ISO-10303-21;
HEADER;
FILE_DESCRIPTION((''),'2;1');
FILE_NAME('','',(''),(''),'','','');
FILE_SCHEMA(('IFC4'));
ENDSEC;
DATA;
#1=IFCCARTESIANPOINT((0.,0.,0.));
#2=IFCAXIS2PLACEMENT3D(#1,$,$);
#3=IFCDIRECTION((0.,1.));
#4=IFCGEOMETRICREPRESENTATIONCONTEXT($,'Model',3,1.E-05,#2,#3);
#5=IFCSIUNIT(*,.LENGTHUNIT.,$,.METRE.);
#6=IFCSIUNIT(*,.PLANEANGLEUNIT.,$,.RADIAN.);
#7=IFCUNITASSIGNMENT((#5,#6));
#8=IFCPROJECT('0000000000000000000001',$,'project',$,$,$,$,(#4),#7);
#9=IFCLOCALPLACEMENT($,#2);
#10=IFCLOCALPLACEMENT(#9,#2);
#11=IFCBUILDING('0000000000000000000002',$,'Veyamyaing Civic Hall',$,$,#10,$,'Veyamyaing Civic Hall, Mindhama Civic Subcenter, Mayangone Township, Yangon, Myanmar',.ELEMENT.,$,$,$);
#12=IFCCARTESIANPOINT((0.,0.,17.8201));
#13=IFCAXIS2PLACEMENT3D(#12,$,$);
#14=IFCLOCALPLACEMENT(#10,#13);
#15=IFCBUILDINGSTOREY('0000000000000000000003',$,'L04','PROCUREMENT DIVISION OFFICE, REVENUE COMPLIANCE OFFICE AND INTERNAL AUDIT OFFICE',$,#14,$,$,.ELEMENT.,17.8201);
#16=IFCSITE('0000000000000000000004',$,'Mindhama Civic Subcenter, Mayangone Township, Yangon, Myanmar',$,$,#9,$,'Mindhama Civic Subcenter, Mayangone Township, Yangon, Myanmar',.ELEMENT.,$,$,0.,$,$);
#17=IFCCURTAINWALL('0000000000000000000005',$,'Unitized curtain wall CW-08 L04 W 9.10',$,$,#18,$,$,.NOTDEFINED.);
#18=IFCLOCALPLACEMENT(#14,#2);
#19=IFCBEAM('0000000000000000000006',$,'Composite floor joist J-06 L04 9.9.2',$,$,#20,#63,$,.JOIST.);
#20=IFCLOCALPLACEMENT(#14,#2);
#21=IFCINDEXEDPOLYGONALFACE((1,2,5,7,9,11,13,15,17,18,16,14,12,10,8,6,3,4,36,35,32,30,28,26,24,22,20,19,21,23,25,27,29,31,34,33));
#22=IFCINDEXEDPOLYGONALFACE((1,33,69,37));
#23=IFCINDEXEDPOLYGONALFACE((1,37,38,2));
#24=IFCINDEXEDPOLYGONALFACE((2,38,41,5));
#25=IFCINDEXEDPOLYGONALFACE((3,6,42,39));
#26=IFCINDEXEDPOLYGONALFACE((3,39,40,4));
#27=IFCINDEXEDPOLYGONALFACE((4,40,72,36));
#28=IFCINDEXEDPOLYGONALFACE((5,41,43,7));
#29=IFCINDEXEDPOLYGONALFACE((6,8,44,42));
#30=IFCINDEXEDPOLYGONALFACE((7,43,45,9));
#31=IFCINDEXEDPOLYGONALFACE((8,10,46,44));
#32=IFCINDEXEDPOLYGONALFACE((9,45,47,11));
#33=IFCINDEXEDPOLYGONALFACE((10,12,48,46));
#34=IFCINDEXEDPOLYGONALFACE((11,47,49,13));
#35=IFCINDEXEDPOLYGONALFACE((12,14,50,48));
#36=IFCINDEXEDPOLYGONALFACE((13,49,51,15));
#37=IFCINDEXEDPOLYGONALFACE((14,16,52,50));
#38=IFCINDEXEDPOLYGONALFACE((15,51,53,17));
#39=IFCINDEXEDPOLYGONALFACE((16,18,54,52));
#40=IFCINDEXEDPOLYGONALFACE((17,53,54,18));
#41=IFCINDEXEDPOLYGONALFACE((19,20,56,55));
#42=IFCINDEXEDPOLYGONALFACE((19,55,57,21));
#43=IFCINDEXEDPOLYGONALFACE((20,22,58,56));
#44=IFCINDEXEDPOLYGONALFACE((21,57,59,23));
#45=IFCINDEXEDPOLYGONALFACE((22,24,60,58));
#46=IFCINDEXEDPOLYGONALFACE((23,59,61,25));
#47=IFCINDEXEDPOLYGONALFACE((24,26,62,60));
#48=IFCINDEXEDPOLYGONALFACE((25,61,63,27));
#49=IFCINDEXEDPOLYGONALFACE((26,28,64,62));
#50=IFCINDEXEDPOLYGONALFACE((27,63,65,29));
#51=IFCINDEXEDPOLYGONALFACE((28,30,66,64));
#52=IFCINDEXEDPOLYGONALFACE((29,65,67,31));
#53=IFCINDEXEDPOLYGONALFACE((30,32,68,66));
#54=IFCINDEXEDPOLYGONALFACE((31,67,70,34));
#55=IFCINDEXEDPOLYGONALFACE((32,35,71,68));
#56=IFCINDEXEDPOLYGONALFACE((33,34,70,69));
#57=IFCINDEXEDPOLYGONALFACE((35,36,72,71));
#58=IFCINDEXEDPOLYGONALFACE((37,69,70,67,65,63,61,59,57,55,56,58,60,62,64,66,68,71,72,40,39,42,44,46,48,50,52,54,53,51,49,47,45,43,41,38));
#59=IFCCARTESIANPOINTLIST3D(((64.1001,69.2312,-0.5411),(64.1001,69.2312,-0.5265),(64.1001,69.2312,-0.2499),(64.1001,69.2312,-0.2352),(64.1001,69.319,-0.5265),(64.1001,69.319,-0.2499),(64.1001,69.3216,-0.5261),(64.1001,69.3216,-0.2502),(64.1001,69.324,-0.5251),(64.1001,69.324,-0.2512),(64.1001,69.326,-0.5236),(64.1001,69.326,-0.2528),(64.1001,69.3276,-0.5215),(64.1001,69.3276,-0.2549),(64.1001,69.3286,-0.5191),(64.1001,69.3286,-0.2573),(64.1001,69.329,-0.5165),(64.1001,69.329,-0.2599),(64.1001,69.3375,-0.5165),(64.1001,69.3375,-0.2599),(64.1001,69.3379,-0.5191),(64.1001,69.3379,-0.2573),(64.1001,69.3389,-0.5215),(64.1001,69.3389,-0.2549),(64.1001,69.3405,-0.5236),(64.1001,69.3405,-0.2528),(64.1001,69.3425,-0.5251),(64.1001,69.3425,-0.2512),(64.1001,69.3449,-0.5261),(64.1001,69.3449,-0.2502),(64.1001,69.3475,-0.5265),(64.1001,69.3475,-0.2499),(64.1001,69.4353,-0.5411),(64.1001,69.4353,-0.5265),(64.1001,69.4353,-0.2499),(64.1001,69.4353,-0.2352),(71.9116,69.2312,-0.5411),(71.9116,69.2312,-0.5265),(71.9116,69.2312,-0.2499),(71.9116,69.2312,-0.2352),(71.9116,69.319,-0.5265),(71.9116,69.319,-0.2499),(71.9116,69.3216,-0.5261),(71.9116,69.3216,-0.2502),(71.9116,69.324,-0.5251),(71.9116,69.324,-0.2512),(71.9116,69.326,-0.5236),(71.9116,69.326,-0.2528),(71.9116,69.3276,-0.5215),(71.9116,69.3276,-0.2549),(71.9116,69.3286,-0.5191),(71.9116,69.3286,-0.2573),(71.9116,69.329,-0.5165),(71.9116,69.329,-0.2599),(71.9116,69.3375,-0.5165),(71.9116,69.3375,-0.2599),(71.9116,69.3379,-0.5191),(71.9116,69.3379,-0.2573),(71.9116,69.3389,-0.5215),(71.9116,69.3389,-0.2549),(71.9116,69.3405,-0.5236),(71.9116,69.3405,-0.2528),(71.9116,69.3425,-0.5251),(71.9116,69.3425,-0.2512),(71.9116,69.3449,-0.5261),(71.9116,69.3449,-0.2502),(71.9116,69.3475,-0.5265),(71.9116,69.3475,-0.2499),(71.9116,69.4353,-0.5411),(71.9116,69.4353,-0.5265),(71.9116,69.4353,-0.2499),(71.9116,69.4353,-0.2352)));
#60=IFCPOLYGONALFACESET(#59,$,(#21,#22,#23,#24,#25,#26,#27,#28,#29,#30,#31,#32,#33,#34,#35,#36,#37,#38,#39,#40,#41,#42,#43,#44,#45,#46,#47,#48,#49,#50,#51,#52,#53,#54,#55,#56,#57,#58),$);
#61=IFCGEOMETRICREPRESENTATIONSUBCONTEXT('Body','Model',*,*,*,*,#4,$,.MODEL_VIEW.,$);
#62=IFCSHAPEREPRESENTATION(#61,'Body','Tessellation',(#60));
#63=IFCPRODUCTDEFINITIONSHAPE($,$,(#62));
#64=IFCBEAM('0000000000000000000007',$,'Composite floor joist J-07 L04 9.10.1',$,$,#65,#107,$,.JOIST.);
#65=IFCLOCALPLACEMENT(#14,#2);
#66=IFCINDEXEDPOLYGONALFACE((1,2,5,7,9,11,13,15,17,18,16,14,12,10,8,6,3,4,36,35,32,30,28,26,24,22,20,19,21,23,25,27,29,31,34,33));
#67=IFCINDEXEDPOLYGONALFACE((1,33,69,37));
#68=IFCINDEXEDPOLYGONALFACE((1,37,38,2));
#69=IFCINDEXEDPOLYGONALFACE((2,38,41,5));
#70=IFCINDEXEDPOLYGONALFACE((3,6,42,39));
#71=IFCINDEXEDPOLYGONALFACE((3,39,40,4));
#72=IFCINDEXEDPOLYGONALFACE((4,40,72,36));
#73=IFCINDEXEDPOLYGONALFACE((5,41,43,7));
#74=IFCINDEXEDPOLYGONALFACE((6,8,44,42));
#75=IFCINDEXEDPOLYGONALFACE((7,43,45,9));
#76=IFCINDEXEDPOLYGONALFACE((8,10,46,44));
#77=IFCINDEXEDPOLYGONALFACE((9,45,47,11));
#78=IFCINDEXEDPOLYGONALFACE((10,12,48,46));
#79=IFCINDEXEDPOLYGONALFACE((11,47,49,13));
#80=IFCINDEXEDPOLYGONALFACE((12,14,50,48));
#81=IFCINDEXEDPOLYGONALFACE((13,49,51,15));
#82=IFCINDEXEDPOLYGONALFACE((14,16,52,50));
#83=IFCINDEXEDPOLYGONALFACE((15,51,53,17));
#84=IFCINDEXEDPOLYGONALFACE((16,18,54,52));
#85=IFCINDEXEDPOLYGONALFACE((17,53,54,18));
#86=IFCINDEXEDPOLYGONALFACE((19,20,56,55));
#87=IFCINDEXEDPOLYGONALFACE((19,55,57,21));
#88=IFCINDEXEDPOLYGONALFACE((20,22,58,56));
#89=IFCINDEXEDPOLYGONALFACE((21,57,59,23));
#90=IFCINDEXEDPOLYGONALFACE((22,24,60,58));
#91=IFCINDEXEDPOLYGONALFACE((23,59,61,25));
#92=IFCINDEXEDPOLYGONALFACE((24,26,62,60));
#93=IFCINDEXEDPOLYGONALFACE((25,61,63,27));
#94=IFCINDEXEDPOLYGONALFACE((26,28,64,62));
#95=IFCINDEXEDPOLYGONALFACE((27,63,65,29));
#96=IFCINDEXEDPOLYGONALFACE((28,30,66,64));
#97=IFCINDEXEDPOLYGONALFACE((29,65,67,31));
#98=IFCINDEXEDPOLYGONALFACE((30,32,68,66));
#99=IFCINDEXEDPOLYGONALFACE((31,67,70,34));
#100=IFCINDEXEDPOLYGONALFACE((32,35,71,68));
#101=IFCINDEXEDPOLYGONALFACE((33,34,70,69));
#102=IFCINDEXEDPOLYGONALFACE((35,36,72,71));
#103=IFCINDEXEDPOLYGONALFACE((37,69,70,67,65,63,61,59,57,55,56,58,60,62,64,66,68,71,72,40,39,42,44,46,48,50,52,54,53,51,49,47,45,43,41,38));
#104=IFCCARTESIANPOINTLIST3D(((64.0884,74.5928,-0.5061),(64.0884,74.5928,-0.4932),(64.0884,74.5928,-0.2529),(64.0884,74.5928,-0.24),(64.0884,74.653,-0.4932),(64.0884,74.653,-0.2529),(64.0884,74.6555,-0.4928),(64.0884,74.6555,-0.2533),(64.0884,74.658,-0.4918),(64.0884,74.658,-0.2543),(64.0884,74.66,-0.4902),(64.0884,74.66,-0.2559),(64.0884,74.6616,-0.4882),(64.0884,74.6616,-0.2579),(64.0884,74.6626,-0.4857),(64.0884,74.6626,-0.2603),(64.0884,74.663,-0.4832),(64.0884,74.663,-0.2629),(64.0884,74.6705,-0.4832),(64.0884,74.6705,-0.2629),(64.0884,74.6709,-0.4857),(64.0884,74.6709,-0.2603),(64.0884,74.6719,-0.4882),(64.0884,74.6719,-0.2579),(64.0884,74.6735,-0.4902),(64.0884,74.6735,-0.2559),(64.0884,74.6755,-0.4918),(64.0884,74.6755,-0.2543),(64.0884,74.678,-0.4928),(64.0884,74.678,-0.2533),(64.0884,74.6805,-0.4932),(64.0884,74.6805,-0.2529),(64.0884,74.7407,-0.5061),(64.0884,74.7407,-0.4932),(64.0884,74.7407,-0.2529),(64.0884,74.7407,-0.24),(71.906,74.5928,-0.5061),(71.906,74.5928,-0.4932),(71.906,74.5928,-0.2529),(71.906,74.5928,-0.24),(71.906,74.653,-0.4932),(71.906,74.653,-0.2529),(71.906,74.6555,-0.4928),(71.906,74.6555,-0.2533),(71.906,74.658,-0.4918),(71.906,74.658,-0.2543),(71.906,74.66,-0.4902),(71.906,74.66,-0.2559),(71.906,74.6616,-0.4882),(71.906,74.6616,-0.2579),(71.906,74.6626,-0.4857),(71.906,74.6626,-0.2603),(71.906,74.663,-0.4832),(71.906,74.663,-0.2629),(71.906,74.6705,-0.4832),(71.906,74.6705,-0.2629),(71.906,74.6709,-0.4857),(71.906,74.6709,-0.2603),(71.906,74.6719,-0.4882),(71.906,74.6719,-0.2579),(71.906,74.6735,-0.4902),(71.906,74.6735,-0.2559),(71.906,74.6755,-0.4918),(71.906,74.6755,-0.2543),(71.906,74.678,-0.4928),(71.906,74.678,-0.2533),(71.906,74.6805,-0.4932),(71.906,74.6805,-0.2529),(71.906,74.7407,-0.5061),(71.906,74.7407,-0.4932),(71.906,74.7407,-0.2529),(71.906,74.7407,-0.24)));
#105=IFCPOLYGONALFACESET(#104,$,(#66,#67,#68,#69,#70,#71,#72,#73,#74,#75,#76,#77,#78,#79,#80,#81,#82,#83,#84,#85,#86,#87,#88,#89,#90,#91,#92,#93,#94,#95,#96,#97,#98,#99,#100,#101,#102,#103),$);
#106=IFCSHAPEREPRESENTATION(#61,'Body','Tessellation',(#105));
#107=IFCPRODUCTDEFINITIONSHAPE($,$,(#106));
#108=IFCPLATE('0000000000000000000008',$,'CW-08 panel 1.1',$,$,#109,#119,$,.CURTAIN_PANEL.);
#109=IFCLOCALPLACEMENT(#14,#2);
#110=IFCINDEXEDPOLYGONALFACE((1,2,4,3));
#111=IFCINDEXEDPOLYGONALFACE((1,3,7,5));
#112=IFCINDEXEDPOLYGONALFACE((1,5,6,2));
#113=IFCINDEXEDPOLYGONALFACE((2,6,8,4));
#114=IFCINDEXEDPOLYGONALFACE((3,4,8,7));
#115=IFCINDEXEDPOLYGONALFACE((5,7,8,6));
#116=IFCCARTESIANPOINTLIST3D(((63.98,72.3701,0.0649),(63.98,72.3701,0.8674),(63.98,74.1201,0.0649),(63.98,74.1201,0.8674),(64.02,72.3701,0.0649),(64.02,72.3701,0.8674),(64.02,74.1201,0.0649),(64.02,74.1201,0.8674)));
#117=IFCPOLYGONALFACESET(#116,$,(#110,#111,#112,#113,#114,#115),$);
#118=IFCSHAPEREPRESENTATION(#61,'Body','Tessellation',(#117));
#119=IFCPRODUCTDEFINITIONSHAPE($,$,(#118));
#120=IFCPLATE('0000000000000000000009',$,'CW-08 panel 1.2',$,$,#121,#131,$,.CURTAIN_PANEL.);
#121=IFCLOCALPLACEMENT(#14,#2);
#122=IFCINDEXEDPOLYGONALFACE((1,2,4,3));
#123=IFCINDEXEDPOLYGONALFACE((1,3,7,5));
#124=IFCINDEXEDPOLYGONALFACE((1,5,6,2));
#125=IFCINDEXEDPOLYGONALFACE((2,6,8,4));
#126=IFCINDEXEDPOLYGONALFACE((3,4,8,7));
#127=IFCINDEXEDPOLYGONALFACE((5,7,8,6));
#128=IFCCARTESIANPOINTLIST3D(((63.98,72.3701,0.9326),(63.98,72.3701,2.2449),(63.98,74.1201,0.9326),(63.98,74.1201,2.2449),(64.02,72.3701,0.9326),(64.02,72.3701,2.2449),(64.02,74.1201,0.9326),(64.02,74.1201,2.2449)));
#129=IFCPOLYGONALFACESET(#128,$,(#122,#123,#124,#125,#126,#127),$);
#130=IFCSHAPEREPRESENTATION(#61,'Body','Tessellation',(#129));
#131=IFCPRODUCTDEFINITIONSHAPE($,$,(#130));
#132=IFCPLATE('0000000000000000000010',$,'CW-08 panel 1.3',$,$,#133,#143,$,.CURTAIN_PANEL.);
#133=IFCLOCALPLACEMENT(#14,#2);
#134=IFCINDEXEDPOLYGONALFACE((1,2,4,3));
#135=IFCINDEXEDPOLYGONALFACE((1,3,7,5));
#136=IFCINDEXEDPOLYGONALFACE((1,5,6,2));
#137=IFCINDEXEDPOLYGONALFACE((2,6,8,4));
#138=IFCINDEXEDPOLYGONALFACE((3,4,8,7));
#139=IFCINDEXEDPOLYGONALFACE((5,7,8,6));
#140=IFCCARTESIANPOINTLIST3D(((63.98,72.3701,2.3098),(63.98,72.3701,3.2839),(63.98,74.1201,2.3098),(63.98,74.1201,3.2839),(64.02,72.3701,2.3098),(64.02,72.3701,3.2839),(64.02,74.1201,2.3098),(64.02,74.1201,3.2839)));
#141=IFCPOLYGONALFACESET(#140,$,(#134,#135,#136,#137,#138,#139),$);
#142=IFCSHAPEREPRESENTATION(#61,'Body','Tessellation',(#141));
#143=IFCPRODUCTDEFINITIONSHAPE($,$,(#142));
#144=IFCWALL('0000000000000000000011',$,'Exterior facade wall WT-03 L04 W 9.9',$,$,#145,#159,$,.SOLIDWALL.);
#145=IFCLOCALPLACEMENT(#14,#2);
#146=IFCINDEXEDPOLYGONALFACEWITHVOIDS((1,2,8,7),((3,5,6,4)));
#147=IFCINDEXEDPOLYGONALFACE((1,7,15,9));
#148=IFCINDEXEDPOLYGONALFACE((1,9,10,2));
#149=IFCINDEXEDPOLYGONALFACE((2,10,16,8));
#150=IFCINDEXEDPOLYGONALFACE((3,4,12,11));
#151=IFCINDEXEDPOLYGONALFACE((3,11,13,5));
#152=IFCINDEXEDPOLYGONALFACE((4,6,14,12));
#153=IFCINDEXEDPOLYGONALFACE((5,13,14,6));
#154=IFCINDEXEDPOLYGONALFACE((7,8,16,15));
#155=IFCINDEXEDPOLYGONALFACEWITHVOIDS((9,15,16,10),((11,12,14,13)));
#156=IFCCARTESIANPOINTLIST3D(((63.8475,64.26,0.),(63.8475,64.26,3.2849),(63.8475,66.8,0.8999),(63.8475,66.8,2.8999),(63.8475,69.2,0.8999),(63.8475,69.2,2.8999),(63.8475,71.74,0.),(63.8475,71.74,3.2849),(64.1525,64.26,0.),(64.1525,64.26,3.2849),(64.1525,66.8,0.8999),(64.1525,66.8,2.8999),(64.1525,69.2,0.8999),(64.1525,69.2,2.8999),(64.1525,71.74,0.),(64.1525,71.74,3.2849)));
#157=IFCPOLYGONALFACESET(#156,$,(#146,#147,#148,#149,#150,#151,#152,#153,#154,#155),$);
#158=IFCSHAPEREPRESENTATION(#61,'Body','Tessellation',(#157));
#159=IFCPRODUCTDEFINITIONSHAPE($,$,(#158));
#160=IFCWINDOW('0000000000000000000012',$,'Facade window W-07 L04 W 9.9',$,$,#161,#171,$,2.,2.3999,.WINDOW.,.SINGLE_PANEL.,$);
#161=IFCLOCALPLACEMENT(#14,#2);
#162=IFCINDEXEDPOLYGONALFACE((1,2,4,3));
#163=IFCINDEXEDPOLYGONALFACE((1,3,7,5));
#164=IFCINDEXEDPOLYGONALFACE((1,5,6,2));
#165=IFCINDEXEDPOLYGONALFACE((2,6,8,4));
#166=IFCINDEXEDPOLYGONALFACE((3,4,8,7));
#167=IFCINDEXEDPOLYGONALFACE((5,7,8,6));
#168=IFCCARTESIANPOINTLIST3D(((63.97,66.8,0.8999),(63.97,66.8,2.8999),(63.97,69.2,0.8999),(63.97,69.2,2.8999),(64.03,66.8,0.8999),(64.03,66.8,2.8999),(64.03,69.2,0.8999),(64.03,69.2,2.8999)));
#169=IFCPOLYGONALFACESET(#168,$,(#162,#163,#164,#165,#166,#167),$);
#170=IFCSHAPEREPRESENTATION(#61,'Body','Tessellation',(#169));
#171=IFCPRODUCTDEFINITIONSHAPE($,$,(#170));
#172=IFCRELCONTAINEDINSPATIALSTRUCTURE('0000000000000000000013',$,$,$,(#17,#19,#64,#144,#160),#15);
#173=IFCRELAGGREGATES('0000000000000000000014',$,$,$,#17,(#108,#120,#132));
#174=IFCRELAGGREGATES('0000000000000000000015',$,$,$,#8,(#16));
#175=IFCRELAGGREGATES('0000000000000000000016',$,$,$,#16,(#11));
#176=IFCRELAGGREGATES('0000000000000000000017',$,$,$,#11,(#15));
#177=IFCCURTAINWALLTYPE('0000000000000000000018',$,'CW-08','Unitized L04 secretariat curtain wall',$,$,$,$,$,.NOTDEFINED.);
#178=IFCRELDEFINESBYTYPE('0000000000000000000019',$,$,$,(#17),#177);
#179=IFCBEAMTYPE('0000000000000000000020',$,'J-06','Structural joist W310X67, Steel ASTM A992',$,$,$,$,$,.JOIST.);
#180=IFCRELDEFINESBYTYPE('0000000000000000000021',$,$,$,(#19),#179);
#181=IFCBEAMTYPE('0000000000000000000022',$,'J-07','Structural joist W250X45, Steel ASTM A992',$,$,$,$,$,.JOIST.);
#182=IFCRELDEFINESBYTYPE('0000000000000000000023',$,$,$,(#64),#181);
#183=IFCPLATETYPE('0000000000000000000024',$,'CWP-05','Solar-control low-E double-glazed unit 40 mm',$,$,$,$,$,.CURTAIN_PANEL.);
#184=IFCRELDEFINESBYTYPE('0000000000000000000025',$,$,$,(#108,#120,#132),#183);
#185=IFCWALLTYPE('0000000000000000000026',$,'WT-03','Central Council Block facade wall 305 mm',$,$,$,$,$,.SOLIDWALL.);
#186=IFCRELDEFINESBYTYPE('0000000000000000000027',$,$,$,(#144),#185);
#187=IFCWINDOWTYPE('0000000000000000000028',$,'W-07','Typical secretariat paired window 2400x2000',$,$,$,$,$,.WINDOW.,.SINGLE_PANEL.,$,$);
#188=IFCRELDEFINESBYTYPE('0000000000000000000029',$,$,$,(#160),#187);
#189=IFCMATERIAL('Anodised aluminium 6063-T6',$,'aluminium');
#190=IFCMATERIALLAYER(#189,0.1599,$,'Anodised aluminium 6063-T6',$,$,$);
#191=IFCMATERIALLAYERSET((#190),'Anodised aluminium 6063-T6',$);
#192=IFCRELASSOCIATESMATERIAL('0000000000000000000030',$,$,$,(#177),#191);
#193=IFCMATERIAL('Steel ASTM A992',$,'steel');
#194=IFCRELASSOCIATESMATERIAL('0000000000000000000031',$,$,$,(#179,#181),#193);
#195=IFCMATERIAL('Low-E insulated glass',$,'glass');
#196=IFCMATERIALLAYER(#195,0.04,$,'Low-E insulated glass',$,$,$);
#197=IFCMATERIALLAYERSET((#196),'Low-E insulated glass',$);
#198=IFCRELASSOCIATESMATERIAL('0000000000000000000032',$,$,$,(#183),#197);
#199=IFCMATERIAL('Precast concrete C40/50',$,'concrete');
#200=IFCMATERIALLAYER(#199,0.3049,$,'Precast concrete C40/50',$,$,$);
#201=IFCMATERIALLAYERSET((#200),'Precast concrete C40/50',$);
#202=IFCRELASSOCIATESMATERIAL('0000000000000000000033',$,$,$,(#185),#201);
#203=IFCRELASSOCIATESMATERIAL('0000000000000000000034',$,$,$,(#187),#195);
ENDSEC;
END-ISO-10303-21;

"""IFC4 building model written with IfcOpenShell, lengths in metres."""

from ifc_helpers import new_model, si_unit, direction, frame, frame_2d, origin, origin_2d, place, context, subcontext, project, spatial, rectangle, i_section, extrude, material, layer, layer_set, material_profile, profile_set, type_object, element, fill, aggregate, save


model = new_model("IFC4")

# Units and contexts
model_context = context("Model", 3, precision=1e-05, world=origin(), true_north=direction((0.0, 1.0)))
body_context = subcontext(model_context, "Body", "Model", "MODEL_VIEW")
ifc_project = project(units=[si_unit("LENGTHUNIT", "METRE"), si_unit("PLANEANGLEUNIT", "RADIAN")], contexts=[model_context])

# Site, building, storey
site_placement = place(None, origin())
site = spatial("IfcSite", under=ifc_project, at=site_placement, Name="Mindhama Civic Subcenter, Mayangone Township, Yangon, Myanmar", LongName="Mindhama Civic Subcenter, Mayangone Township, Yangon, Myanmar", CompositionType="ELEMENT", RefElevation=0.0)
building_placement = place(site_placement, origin())
building = spatial("IfcBuilding", under=site, at=building_placement, Name="Veyamyaing Civic Hall", LongName="Veyamyaing Civic Hall, Mindhama Civic Subcenter, Mayangone Township, Yangon, Myanmar", CompositionType="ELEMENT")
storey_placement = place(building_placement, frame((0.0, 0.0, 17.8201)))
storey = spatial("IfcBuildingStorey", under=building, at=storey_placement, Name="L04", Description="PROCUREMENT DIVISION OFFICE, REVENUE COMPLIANCE OFFICE AND INTERNAL AUDIT OFFICE", CompositionType="ELEMENT", Elevation=17.8201)

# Shared definitions
ifc_material_1 = material(Name="Steel ASTM A992", Category="steel")

# Curtain wall
ifc_material_2 = material(Name="Anodised aluminium 6063-T6", Category="aluminium")
ifc_layer_1 = layer(ifc_material_2, 0.1599, Name="Anodised aluminium 6063-T6")
ifc_layer_set_1 = layer_set([ifc_layer_1], Name="Anodised aluminium 6063-T6")
curtain_wall_type = type_object("IfcCurtainWallType", Name="CW-08", Description="Unitized L04 secretariat curtain wall", PredefinedType="NOTDEFINED", material=ifc_layer_set_1)
curtain_wall_placement = place(storey_placement, origin())
curtain_wall = element("IfcCurtainWall", 1, at=curtain_wall_placement, inside=storey, type_object=curtain_wall_type, Name="Unitized curtain wall CW-08 L04 W 9.10", PredefinedType="NOTDEFINED")

# Beams
ifc_material_profile_1 = material_profile(ifc_material_1, i_section(OverallWidth=0.2041, OverallDepth=0.3059, WebThickness=0.0085, FlangeThickness=0.0146, FilletRadius=0.01, at=origin_2d()), Name="W310X67")
ifc_profile_set_1 = profile_set([ifc_material_profile_1], Name="Steel ASTM A992")
beam_type_1 = type_object("IfcBeamType", Name="J-06", Description="Structural joist W310X67, Steel ASTM A992", PredefinedType="JOIST", material=ifc_profile_set_1)
for number, where, z_axis, x_axis, name in (
    (2, (64.1001, 69.3333, -0.3882), (1.0, 0.0, 0.0), (0.0, 1.0, 0.0), "Composite floor joist J-06 L04 9.9.2"),
):
    element("IfcBeam", number, at=place(storey_placement, frame(where, z_axis=z_axis, x_axis=x_axis)), inside=storey, type_object=beam_type_1, Name=name, PredefinedType="JOIST", context=body_context, shape_type="SweptSolid", body=[
        extrude(i_section(OverallWidth=0.2041, OverallDepth=0.3059, WebThickness=0.0085, FlangeThickness=0.0146, FilletRadius=0.01, at=origin_2d()), origin(), (0.0, 0.0, 1.0), 7.8115),
    ])
ifc_material_profile_2 = material_profile(ifc_material_1, i_section(OverallWidth=0.1479, OverallDepth=0.2661, WebThickness=0.0076, FlangeThickness=0.0129, FilletRadius=0.01, at=origin_2d()), Name="W250X45")
ifc_profile_set_2 = profile_set([ifc_material_profile_2], Name="Steel ASTM A992")
beam_type_2 = type_object("IfcBeamType", Name="J-07", Description="Structural joist W250X45, Steel ASTM A992", PredefinedType="JOIST", material=ifc_profile_set_2)
beam_1_placement = place(storey_placement, frame((64.0884, 74.6667, -0.373), z_axis=(1.0, 0.0, 0.0), x_axis=(0.0, 1.0, 0.0)))
element("IfcBeam", 3, at=beam_1_placement, inside=storey, type_object=beam_type_2, Name="Composite floor joist J-07 L04 9.10.1", PredefinedType="JOIST", context=body_context, shape_type="SweptSolid", body=[
    extrude(i_section(OverallWidth=0.1479, OverallDepth=0.2661, WebThickness=0.0076, FlangeThickness=0.0129, FilletRadius=0.01, at=origin_2d()), origin(), (0.0, 0.0, 1.0), 7.8176),
])

# Plates
ifc_material_3 = material(Name="Low-E insulated glass", Category="glass")
ifc_layer_2 = layer(ifc_material_3, 0.04, Name="Low-E insulated glass")
ifc_layer_set_2 = layer_set([ifc_layer_2], Name="Low-E insulated glass")
plate_type = type_object("IfcPlateType", Name="CWP-05", Description="Solar-control low-E double-glazed unit 40 mm", PredefinedType="CURTAIN_PANEL", material=ifc_layer_set_2)
plate_1_placement = place(storey_placement, frame((64.0, 73.2451, 0.0649), z_axis=(0.0, 0.0, 1.0), x_axis=(0.0, 1.0, 0.0)))
plate_1 = element("IfcPlate", 4, at=plate_1_placement, type_object=plate_type, Name="CW-08 panel 1.1", PredefinedType="CURTAIN_PANEL", context=body_context, shape_type="SweptSolid", body=[
    extrude(rectangle(XDim=1.75, YDim=0.04, at=origin_2d()), origin(), (0.0, 0.0, 1.0), 0.8025),
])
plate_2_placement = place(storey_placement, frame((64.0, 73.2451, 0.9326), z_axis=(0.0, 0.0, 1.0), x_axis=(0.0, 1.0, 0.0)))
plate_2 = element("IfcPlate", 5, at=plate_2_placement, type_object=plate_type, Name="CW-08 panel 1.2", PredefinedType="CURTAIN_PANEL", context=body_context, shape_type="SweptSolid", body=[
    extrude(rectangle(XDim=1.75, YDim=0.04, at=origin_2d()), origin(), (0.0, 0.0, 1.0), 1.3123),
])
plate_3_placement = place(storey_placement, frame((64.0, 73.2451, 2.3098), z_axis=(0.0, 0.0, 1.0), x_axis=(0.0, 1.0, 0.0)))
plate_3 = element("IfcPlate", 6, at=plate_3_placement, type_object=plate_type, Name="CW-08 panel 1.3", PredefinedType="CURTAIN_PANEL", context=body_context, shape_type="SweptSolid", body=[
    extrude(rectangle(XDim=1.75, YDim=0.04, at=origin_2d()), origin(), (0.0, 0.0, 1.0), 0.9741),
])
aggregate(curtain_wall, [plate_1, plate_2, plate_3])

# Wall, opening, window
ifc_material_4 = material(Name="Precast concrete C40/50", Category="concrete")
ifc_layer_3 = layer(ifc_material_4, 0.3049, Name="Precast concrete C40/50")
ifc_layer_set_3 = layer_set([ifc_layer_3], Name="Precast concrete C40/50")
wall_type_1 = type_object("IfcWallType", Name="WT-03", Description="Central Council Block facade wall 305 mm", PredefinedType="SOLIDWALL", material=ifc_layer_set_3)
wall_1_placement = place(storey_placement, frame((64.0, 64.26, 0.0), z_axis=(0.0, 0.0, 1.0), x_axis=(0.0, 1.0, 0.0)))
wall_1 = element("IfcWall", 7, at=wall_1_placement, inside=storey, type_object=wall_type_1, Name="Exterior facade wall WT-03 L04 W 9.9", PredefinedType="SOLIDWALL", context=body_context, shape_type="SweptSolid", body=[
    extrude(rectangle(XDim=7.48, YDim=0.3049, at=frame_2d((3.74, 0.0))), origin(), (0.0, 0.0, 1.0), 3.2849),
])
opening_1_placement = place(wall_1_placement, frame((2.54, 0.0, 0.8999)))
opening_1 = element("IfcOpeningElement", 8, at=opening_1_placement, cuts=wall_1, PredefinedType="OPENING", context=body_context, shape_type="SweptSolid", body=[
    extrude(rectangle(XDim=2.3999, YDim=2.0, at=frame_2d((1.2, 1.0))), frame((0.0, 0.1624, 0.0), z_axis=(0.0, -1.0, 0.0), x_axis=(1.0, 0.0, 0.0)), (0.0, 0.0, 1.0), 0.325),
])
window_type = type_object("IfcWindowType", Name="W-07", Description="Typical secretariat paired window 2400x2000", PartitioningType="SINGLE_PANEL", PredefinedType="WINDOW", material=ifc_material_3)
window_placement = place(opening_1_placement, origin())
window = element("IfcWindow", 9, at=window_placement, inside=storey, type_object=window_type, Name="Facade window W-07 L04 W 9.9", OverallHeight=2.0, OverallWidth=2.3999, PartitioningType="SINGLE_PANEL", PredefinedType="WINDOW", context=body_context, shape_type="SweptSolid", body=[
    extrude(rectangle(XDim=2.3999, YDim=2.0, at=frame_2d((1.2, 1.0))), frame((0.0, 0.03, 0.0), z_axis=(0.0, -1.0, 0.0), x_axis=(1.0, 0.0, 0.0)), (0.0, 0.0, 1.0), 0.0601),
])
fill(opening_1, window)

save(model, "model.ifc")
